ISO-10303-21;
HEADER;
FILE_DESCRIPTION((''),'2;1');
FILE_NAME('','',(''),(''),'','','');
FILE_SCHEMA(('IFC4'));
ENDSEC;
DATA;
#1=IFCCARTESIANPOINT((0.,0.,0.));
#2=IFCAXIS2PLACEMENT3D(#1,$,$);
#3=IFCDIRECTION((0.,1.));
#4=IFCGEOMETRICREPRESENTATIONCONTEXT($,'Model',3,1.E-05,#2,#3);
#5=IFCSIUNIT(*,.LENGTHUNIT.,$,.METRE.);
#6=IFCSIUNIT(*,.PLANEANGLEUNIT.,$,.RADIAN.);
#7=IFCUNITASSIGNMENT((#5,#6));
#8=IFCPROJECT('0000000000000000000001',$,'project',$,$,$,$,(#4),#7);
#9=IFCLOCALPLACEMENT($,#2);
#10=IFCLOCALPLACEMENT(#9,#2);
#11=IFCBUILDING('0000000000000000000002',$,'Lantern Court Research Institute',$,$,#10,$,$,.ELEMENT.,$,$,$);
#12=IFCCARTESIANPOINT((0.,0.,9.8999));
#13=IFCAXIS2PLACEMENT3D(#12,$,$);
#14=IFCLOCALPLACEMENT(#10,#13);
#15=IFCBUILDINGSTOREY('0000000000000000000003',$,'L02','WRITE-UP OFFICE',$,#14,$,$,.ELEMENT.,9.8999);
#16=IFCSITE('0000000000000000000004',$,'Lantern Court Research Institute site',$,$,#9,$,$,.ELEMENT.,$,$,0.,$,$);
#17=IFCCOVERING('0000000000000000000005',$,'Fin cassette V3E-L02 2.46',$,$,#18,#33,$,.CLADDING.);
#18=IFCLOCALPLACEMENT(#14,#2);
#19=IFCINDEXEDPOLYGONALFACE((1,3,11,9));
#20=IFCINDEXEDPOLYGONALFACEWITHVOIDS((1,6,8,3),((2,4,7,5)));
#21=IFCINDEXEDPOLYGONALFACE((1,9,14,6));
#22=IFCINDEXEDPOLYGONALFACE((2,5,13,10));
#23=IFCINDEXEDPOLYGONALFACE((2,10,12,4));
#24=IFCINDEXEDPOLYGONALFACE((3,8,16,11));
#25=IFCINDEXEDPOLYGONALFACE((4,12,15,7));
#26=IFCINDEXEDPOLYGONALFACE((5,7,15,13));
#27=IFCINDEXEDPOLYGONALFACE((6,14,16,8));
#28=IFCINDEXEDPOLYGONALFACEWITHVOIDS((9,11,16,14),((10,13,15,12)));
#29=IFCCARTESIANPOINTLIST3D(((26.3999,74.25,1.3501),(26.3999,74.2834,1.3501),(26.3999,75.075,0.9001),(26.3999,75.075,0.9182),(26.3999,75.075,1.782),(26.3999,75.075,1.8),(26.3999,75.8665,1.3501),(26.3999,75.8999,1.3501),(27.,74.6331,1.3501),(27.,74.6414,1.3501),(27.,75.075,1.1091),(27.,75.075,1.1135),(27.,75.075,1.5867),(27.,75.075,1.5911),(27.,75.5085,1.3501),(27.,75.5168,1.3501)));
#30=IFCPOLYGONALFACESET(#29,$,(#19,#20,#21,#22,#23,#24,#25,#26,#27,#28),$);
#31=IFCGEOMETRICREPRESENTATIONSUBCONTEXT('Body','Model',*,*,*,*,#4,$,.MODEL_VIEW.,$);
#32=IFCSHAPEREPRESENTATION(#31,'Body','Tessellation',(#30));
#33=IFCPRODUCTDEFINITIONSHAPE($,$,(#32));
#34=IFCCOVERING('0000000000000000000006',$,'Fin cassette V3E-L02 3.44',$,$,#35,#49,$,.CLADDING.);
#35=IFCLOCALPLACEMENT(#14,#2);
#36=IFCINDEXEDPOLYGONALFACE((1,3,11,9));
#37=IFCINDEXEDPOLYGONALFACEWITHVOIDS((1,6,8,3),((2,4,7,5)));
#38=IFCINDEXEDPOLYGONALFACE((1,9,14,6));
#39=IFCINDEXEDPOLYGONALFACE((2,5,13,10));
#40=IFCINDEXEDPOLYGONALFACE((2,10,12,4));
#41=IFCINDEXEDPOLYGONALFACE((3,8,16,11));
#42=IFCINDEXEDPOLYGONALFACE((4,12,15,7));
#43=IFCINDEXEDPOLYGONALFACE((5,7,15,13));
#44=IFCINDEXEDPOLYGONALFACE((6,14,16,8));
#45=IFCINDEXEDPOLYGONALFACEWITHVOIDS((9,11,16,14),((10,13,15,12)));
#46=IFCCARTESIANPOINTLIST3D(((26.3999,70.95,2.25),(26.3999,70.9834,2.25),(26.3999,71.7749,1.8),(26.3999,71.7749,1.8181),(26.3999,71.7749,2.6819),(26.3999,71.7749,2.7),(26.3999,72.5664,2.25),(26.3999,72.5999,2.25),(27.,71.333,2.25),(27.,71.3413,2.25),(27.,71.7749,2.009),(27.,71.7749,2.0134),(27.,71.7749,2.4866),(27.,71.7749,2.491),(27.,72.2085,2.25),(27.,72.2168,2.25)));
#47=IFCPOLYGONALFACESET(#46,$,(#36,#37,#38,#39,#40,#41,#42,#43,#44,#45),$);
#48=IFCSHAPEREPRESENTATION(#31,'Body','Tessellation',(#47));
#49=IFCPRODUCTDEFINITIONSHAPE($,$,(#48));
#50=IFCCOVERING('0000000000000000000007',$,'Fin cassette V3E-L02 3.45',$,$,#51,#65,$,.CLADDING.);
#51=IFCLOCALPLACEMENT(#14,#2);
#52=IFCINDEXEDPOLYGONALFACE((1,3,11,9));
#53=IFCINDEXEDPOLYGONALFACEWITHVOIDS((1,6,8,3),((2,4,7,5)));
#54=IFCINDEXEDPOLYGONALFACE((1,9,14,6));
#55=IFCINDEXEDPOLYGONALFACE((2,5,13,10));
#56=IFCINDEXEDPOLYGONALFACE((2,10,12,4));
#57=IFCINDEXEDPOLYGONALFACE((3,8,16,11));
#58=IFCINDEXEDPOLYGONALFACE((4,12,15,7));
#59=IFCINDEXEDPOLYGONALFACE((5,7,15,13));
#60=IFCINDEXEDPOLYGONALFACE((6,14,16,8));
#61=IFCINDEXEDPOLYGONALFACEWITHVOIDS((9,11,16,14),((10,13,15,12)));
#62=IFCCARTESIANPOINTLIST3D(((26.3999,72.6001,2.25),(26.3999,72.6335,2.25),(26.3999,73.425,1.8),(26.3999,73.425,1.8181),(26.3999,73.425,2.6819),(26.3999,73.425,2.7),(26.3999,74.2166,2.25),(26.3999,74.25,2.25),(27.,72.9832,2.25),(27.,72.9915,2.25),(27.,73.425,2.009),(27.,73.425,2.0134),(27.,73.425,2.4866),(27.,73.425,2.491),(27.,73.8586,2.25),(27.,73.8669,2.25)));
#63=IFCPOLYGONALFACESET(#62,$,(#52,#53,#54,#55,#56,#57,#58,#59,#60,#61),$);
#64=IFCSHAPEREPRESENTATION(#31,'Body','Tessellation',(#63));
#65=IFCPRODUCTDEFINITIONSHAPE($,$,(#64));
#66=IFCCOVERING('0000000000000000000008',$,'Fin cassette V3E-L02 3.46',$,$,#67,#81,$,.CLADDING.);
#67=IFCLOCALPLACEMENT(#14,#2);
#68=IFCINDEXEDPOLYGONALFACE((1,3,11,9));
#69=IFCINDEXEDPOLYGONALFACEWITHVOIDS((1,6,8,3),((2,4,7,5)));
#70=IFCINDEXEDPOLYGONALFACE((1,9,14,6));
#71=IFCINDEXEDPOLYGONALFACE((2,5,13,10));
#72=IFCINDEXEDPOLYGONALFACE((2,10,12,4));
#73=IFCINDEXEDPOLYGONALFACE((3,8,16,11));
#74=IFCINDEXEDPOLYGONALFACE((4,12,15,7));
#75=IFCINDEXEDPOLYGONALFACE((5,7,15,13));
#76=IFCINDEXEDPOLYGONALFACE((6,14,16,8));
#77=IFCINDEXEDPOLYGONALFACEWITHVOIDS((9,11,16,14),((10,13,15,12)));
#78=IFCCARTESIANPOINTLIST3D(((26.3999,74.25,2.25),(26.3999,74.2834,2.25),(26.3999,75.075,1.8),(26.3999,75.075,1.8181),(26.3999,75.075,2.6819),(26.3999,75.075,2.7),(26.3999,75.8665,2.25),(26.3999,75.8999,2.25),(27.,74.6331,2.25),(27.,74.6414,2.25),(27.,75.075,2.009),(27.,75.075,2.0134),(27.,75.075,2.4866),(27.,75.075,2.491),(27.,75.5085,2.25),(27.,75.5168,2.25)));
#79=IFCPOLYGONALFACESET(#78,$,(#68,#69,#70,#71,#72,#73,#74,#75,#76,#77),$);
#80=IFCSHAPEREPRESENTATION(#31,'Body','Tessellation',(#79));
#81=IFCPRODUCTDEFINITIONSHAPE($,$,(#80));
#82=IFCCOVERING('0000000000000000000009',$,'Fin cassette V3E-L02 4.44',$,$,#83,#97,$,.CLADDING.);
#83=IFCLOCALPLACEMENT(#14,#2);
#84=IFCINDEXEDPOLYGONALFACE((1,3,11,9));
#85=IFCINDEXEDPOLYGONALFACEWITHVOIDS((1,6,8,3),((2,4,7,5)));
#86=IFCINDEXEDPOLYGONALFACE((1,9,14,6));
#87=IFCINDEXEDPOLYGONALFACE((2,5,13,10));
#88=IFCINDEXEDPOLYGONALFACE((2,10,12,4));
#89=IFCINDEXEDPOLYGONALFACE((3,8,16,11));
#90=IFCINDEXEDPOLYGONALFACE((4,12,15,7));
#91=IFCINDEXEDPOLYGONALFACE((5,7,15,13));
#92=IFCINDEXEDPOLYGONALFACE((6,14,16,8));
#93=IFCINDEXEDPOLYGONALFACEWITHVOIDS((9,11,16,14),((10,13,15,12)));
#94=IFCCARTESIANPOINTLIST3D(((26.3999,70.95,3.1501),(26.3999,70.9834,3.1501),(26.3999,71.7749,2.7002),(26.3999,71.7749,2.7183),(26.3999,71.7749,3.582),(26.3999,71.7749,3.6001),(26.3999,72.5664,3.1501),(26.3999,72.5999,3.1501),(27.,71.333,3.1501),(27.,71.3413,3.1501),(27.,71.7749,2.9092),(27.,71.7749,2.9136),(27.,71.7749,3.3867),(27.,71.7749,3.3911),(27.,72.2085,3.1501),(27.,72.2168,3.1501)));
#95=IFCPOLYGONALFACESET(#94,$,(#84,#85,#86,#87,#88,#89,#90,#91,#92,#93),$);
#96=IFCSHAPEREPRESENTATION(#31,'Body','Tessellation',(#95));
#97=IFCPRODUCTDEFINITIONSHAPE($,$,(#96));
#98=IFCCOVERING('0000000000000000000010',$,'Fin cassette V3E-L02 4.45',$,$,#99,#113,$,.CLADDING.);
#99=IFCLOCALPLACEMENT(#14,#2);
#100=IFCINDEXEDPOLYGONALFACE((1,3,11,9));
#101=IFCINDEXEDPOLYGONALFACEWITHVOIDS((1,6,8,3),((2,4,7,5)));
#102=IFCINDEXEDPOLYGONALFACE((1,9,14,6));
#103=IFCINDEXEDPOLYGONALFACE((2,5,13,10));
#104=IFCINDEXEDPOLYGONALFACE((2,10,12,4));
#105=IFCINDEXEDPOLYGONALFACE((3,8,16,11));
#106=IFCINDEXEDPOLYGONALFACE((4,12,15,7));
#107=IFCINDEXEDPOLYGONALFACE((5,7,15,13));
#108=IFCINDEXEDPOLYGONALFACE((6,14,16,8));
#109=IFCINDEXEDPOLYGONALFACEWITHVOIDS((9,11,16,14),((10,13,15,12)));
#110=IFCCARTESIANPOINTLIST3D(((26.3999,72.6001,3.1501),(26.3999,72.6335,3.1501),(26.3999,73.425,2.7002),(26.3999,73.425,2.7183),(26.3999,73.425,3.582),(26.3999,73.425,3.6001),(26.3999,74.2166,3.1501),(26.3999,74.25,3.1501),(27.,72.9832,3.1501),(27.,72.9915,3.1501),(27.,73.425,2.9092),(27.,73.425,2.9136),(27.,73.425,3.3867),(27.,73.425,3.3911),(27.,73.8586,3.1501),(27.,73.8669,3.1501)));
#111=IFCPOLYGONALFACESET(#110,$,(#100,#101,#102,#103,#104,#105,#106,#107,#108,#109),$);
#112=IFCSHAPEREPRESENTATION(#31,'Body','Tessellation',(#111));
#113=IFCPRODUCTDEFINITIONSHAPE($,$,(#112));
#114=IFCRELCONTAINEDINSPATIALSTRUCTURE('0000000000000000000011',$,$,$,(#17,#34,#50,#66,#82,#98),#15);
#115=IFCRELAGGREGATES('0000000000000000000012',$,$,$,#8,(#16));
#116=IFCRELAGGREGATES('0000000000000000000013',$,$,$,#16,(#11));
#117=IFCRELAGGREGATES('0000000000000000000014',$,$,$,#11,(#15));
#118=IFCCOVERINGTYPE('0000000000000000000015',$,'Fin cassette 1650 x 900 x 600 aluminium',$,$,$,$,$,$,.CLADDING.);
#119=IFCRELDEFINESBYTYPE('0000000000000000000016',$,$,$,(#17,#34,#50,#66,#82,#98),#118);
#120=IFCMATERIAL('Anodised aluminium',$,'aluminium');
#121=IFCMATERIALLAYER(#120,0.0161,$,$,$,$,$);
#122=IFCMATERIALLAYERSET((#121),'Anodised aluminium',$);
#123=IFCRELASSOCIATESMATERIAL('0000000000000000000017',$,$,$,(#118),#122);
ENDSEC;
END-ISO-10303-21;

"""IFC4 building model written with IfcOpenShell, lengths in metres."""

from ifc_helpers import new_model, entity, si_unit, direction, frame, origin, place, context, subcontext, project, spatial, material, layer, layer_set, type_object, element, save


model = new_model("IFC4")

# Units and contexts
model_context = context("Model", 3, precision=1e-05, world=origin(), true_north=direction((0.0, 1.0)))
body_context = subcontext(model_context, "Body", "Model", "MODEL_VIEW")
ifc_project = project(units=[si_unit("LENGTHUNIT", "METRE"), si_unit("PLANEANGLEUNIT", "RADIAN")], contexts=[model_context])

# Site, building, storey
site_placement = place(None, origin())
site = spatial("IfcSite", under=ifc_project, at=site_placement, Name="Lantern Court Research Institute site", CompositionType="ELEMENT", RefElevation=0.0)
building_placement = place(site_placement, origin())
building = spatial("IfcBuilding", under=site, at=building_placement, Name="Lantern Court Research Institute", CompositionType="ELEMENT")
storey_placement = place(building_placement, frame((0.0, 0.0, 9.8999)))
storey = spatial("IfcBuildingStorey", under=building, at=storey_placement, Name="L02", Description="WRITE-UP OFFICE", CompositionType="ELEMENT", Elevation=9.8999)

# Coverings
ifc_material_1 = material(Name="Anodised aluminium", Category="aluminium")
ifc_layer_1 = layer(ifc_material_1, 0.0161)
ifc_layer_set_1 = layer_set([ifc_layer_1], Name="Anodised aluminium")
covering_type = type_object("IfcCoveringType", Name="Fin cassette 1650 x 900 x 600 aluminium", PredefinedType="CLADDING", material=ifc_layer_set_1)
covering_1_placement = place(storey_placement, frame((26.3999, 75.075, 1.3501), z_axis=(1.0, 0.0, 0.0), x_axis=(0.0, 1.0, 0.0)))
cartesian_point_1 = entity("IfcCartesianPoint", [0.825, 0.0])
cartesian_point_2 = entity("IfcCartesianPoint", [0.7915, 0.0])
cartesian_point_3 = entity("IfcCartesianPoint", [0.4419, 0.0])
cartesian_point_4 = entity("IfcCartesianPoint", [0.4336, 0.0])
element("IfcCovering", 1, at=covering_1_placement, inside=storey, type_object=covering_type, Name="Fin cassette V3E-L02 2.46", PredefinedType="CLADDING", context=body_context, shape_type="SweptSolid", body=[
    entity("IfcExtrudedAreaSolidTapered", entity("IfcArbitraryProfileDefWithVoids", "AREA", None, entity("IfcPolyline", [cartesian_point_1, entity("IfcCartesianPoint", [0.0, 0.45]), entity("IfcCartesianPoint", [-0.825, 0.0]), entity("IfcCartesianPoint", [0.0, -0.45]), cartesian_point_1]), [entity("IfcPolyline", [cartesian_point_2, entity("IfcCartesianPoint", [0.0, 0.4319]), entity("IfcCartesianPoint", [-0.7915, 0.0]), entity("IfcCartesianPoint", [0.0, -0.4319]), cartesian_point_2])]), entity("IfcAxis2Placement3D", entity("IfcCartesianPoint", [0.0, 0.0, 0.0])), entity("IfcDirection", [0.0, 0.0, 1.0]), 0.6001, entity("IfcArbitraryProfileDefWithVoids", "AREA", None, entity("IfcPolyline", [cartesian_point_3, entity("IfcCartesianPoint", [0.0, 0.241]), entity("IfcCartesianPoint", [-0.4419, 0.0]), entity("IfcCartesianPoint", [0.0, -0.241]), cartesian_point_3]), [entity("IfcPolyline", [cartesian_point_4, entity("IfcCartesianPoint", [0.0, 0.2366]), entity("IfcCartesianPoint", [-0.4336, 0.0]), entity("IfcCartesianPoint", [0.0, -0.2366]), cartesian_point_4])])),
])
covering_2_placement = place(storey_placement, frame((26.3999, 71.7749, 2.25), z_axis=(1.0, 0.0, 0.0), x_axis=(0.0, 1.0, 0.0)))
cartesian_point_5 = entity("IfcCartesianPoint", [0.825, 0.0])
cartesian_point_6 = entity("IfcCartesianPoint", [0.7915, 0.0])
cartesian_point_7 = entity("IfcCartesianPoint", [0.4419, 0.0])
cartesian_point_8 = entity("IfcCartesianPoint", [0.4336, 0.0])
element("IfcCovering", 2, at=covering_2_placement, inside=storey, type_object=covering_type, Name="Fin cassette V3E-L02 3.44", PredefinedType="CLADDING", context=body_context, shape_type="SweptSolid", body=[
    entity("IfcExtrudedAreaSolidTapered", entity("IfcArbitraryProfileDefWithVoids", "AREA", None, entity("IfcPolyline", [cartesian_point_5, entity("IfcCartesianPoint", [0.0, 0.45]), entity("IfcCartesianPoint", [-0.825, 0.0]), entity("IfcCartesianPoint", [0.0, -0.45]), cartesian_point_5]), [entity("IfcPolyline", [cartesian_point_6, entity("IfcCartesianPoint", [0.0, 0.4319]), entity("IfcCartesianPoint", [-0.7915, 0.0]), entity("IfcCartesianPoint", [0.0, -0.4319]), cartesian_point_6])]), entity("IfcAxis2Placement3D", entity("IfcCartesianPoint", [0.0, 0.0, 0.0])), entity("IfcDirection", [0.0, 0.0, 1.0]), 0.6001, entity("IfcArbitraryProfileDefWithVoids", "AREA", None, entity("IfcPolyline", [cartesian_point_7, entity("IfcCartesianPoint", [0.0, 0.241]), entity("IfcCartesianPoint", [-0.4419, 0.0]), entity("IfcCartesianPoint", [0.0, -0.241]), cartesian_point_7]), [entity("IfcPolyline", [cartesian_point_8, entity("IfcCartesianPoint", [0.0, 0.2366]), entity("IfcCartesianPoint", [-0.4336, 0.0]), entity("IfcCartesianPoint", [0.0, -0.2366]), cartesian_point_8])])),
])
covering_3_placement = place(storey_placement, frame((26.3999, 73.425, 2.25), z_axis=(1.0, 0.0, 0.0), x_axis=(0.0, 1.0, 0.0)))
cartesian_point_9 = entity("IfcCartesianPoint", [0.825, 0.0])
cartesian_point_10 = entity("IfcCartesianPoint", [0.7915, 0.0])
cartesian_point_11 = entity("IfcCartesianPoint", [0.4419, 0.0])
cartesian_point_12 = entity("IfcCartesianPoint", [0.4336, 0.0])
element("IfcCovering", 3, at=covering_3_placement, inside=storey, type_object=covering_type, Name="Fin cassette V3E-L02 3.45", PredefinedType="CLADDING", context=body_context, shape_type="SweptSolid", body=[
    entity("IfcExtrudedAreaSolidTapered", entity("IfcArbitraryProfileDefWithVoids", "AREA", None, entity("IfcPolyline", [cartesian_point_9, entity("IfcCartesianPoint", [0.0, 0.45]), entity("IfcCartesianPoint", [-0.825, 0.0]), entity("IfcCartesianPoint", [0.0, -0.45]), cartesian_point_9]), [entity("IfcPolyline", [cartesian_point_10, entity("IfcCartesianPoint", [0.0, 0.4319]), entity("IfcCartesianPoint", [-0.7915, 0.0]), entity("IfcCartesianPoint", [0.0, -0.4319]), cartesian_point_10])]), entity("IfcAxis2Placement3D", entity("IfcCartesianPoint", [0.0, 0.0, 0.0])), entity("IfcDirection", [0.0, 0.0, 1.0]), 0.6001, entity("IfcArbitraryProfileDefWithVoids", "AREA", None, entity("IfcPolyline", [cartesian_point_11, entity("IfcCartesianPoint", [0.0, 0.241]), entity("IfcCartesianPoint", [-0.4419, 0.0]), entity("IfcCartesianPoint", [0.0, -0.241]), cartesian_point_11]), [entity("IfcPolyline", [cartesian_point_12, entity("IfcCartesianPoint", [0.0, 0.2366]), entity("IfcCartesianPoint", [-0.4336, 0.0]), entity("IfcCartesianPoint", [0.0, -0.2366]), cartesian_point_12])])),
])
covering_4_placement = place(storey_placement, frame((26.3999, 75.075, 2.25), z_axis=(1.0, 0.0, 0.0), x_axis=(0.0, 1.0, 0.0)))
cartesian_point_13 = entity("IfcCartesianPoint", [0.825, 0.0])
cartesian_point_14 = entity("IfcCartesianPoint", [0.7915, 0.0])
cartesian_point_15 = entity("IfcCartesianPoint", [0.4419, 0.0])
cartesian_point_16 = entity("IfcCartesianPoint", [0.4336, 0.0])
element("IfcCovering", 4, at=covering_4_placement, inside=storey, type_object=covering_type, Name="Fin cassette V3E-L02 3.46", PredefinedType="CLADDING", context=body_context, shape_type="SweptSolid", body=[
    entity("IfcExtrudedAreaSolidTapered", entity("IfcArbitraryProfileDefWithVoids", "AREA", None, entity("IfcPolyline", [cartesian_point_13, entity("IfcCartesianPoint", [0.0, 0.45]), entity("IfcCartesianPoint", [-0.825, 0.0]), entity("IfcCartesianPoint", [0.0, -0.45]), cartesian_point_13]), [entity("IfcPolyline", [cartesian_point_14, entity("IfcCartesianPoint", [0.0, 0.4319]), entity("IfcCartesianPoint", [-0.7915, 0.0]), entity("IfcCartesianPoint", [0.0, -0.4319]), cartesian_point_14])]), entity("IfcAxis2Placement3D", entity("IfcCartesianPoint", [0.0, 0.0, 0.0])), entity("IfcDirection", [0.0, 0.0, 1.0]), 0.6001, entity("IfcArbitraryProfileDefWithVoids", "AREA", None, entity("IfcPolyline", [cartesian_point_15, entity("IfcCartesianPoint", [0.0, 0.241]), entity("IfcCartesianPoint", [-0.4419, 0.0]), entity("IfcCartesianPoint", [0.0, -0.241]), cartesian_point_15]), [entity("IfcPolyline", [cartesian_point_16, entity("IfcCartesianPoint", [0.0, 0.2366]), entity("IfcCartesianPoint", [-0.4336, 0.0]), entity("IfcCartesianPoint", [0.0, -0.2366]), cartesian_point_16])])),
])
covering_5_placement = place(storey_placement, frame((26.3999, 71.7749, 3.1501), z_axis=(1.0, 0.0, 0.0), x_axis=(0.0, 1.0, 0.0)))
cartesian_point_17 = entity("IfcCartesianPoint", [0.825, 0.0])
cartesian_point_18 = entity("IfcCartesianPoint", [0.7915, 0.0])
cartesian_point_19 = entity("IfcCartesianPoint", [0.4419, 0.0])
cartesian_point_20 = entity("IfcCartesianPoint", [0.4336, 0.0])
element("IfcCovering", 5, at=covering_5_placement, inside=storey, type_object=covering_type, Name="Fin cassette V3E-L02 4.44", PredefinedType="CLADDING", context=body_context, shape_type="SweptSolid", body=[
    entity("IfcExtrudedAreaSolidTapered", entity("IfcArbitraryProfileDefWithVoids", "AREA", None, entity("IfcPolyline", [cartesian_point_17, entity("IfcCartesianPoint", [0.0, 0.45]), entity("IfcCartesianPoint", [-0.825, 0.0]), entity("IfcCartesianPoint", [0.0, -0.45]), cartesian_point_17]), [entity("IfcPolyline", [cartesian_point_18, entity("IfcCartesianPoint", [0.0, 0.4319]), entity("IfcCartesianPoint", [-0.7915, 0.0]), entity("IfcCartesianPoint", [0.0, -0.4319]), cartesian_point_18])]), entity("IfcAxis2Placement3D", entity("IfcCartesianPoint", [0.0, 0.0, 0.0])), entity("IfcDirection", [0.0, 0.0, 1.0]), 0.6001, entity("IfcArbitraryProfileDefWithVoids", "AREA", None, entity("IfcPolyline", [cartesian_point_19, entity("IfcCartesianPoint", [0.0, 0.241]), entity("IfcCartesianPoint", [-0.4419, 0.0]), entity("IfcCartesianPoint", [0.0, -0.241]), cartesian_point_19]), [entity("IfcPolyline", [cartesian_point_20, entity("IfcCartesianPoint", [0.0, 0.2366]), entity("IfcCartesianPoint", [-0.4336, 0.0]), entity("IfcCartesianPoint", [0.0, -0.2366]), cartesian_point_20])])),
])
covering_6_placement = place(storey_placement, frame((26.3999, 73.425, 3.1501), z_axis=(1.0, 0.0, 0.0), x_axis=(0.0, 1.0, 0.0)))
cartesian_point_21 = entity("IfcCartesianPoint", [0.825, 0.0])
cartesian_point_22 = entity("IfcCartesianPoint", [0.7915, 0.0])
cartesian_point_23 = entity("IfcCartesianPoint", [0.4419, 0.0])
cartesian_point_24 = entity("IfcCartesianPoint", [0.4336, 0.0])
element("IfcCovering", 6, at=covering_6_placement, inside=storey, type_object=covering_type, Name="Fin cassette V3E-L02 4.45", PredefinedType="CLADDING", context=body_context, shape_type="SweptSolid", body=[
    entity("IfcExtrudedAreaSolidTapered", entity("IfcArbitraryProfileDefWithVoids", "AREA", None, entity("IfcPolyline", [cartesian_point_21, entity("IfcCartesianPoint", [0.0, 0.45]), entity("IfcCartesianPoint", [-0.825, 0.0]), entity("IfcCartesianPoint", [0.0, -0.45]), cartesian_point_21]), [entity("IfcPolyline", [cartesian_point_22, entity("IfcCartesianPoint", [0.0, 0.4319]), entity("IfcCartesianPoint", [-0.7915, 0.0]), entity("IfcCartesianPoint", [0.0, -0.4319]), cartesian_point_22])]), entity("IfcAxis2Placement3D", entity("IfcCartesianPoint", [0.0, 0.0, 0.0])), entity("IfcDirection", [0.0, 0.0, 1.0]), 0.6001, entity("IfcArbitraryProfileDefWithVoids", "AREA", None, entity("IfcPolyline", [cartesian_point_23, entity("IfcCartesianPoint", [0.0, 0.241]), entity("IfcCartesianPoint", [-0.4419, 0.0]), entity("IfcCartesianPoint", [0.0, -0.241]), cartesian_point_23]), [entity("IfcPolyline", [cartesian_point_24, entity("IfcCartesianPoint", [0.0, 0.2366]), entity("IfcCartesianPoint", [-0.4336, 0.0]), entity("IfcCartesianPoint", [0.0, -0.2366]), cartesian_point_24])])),
])

save(model, "model.ifc")
